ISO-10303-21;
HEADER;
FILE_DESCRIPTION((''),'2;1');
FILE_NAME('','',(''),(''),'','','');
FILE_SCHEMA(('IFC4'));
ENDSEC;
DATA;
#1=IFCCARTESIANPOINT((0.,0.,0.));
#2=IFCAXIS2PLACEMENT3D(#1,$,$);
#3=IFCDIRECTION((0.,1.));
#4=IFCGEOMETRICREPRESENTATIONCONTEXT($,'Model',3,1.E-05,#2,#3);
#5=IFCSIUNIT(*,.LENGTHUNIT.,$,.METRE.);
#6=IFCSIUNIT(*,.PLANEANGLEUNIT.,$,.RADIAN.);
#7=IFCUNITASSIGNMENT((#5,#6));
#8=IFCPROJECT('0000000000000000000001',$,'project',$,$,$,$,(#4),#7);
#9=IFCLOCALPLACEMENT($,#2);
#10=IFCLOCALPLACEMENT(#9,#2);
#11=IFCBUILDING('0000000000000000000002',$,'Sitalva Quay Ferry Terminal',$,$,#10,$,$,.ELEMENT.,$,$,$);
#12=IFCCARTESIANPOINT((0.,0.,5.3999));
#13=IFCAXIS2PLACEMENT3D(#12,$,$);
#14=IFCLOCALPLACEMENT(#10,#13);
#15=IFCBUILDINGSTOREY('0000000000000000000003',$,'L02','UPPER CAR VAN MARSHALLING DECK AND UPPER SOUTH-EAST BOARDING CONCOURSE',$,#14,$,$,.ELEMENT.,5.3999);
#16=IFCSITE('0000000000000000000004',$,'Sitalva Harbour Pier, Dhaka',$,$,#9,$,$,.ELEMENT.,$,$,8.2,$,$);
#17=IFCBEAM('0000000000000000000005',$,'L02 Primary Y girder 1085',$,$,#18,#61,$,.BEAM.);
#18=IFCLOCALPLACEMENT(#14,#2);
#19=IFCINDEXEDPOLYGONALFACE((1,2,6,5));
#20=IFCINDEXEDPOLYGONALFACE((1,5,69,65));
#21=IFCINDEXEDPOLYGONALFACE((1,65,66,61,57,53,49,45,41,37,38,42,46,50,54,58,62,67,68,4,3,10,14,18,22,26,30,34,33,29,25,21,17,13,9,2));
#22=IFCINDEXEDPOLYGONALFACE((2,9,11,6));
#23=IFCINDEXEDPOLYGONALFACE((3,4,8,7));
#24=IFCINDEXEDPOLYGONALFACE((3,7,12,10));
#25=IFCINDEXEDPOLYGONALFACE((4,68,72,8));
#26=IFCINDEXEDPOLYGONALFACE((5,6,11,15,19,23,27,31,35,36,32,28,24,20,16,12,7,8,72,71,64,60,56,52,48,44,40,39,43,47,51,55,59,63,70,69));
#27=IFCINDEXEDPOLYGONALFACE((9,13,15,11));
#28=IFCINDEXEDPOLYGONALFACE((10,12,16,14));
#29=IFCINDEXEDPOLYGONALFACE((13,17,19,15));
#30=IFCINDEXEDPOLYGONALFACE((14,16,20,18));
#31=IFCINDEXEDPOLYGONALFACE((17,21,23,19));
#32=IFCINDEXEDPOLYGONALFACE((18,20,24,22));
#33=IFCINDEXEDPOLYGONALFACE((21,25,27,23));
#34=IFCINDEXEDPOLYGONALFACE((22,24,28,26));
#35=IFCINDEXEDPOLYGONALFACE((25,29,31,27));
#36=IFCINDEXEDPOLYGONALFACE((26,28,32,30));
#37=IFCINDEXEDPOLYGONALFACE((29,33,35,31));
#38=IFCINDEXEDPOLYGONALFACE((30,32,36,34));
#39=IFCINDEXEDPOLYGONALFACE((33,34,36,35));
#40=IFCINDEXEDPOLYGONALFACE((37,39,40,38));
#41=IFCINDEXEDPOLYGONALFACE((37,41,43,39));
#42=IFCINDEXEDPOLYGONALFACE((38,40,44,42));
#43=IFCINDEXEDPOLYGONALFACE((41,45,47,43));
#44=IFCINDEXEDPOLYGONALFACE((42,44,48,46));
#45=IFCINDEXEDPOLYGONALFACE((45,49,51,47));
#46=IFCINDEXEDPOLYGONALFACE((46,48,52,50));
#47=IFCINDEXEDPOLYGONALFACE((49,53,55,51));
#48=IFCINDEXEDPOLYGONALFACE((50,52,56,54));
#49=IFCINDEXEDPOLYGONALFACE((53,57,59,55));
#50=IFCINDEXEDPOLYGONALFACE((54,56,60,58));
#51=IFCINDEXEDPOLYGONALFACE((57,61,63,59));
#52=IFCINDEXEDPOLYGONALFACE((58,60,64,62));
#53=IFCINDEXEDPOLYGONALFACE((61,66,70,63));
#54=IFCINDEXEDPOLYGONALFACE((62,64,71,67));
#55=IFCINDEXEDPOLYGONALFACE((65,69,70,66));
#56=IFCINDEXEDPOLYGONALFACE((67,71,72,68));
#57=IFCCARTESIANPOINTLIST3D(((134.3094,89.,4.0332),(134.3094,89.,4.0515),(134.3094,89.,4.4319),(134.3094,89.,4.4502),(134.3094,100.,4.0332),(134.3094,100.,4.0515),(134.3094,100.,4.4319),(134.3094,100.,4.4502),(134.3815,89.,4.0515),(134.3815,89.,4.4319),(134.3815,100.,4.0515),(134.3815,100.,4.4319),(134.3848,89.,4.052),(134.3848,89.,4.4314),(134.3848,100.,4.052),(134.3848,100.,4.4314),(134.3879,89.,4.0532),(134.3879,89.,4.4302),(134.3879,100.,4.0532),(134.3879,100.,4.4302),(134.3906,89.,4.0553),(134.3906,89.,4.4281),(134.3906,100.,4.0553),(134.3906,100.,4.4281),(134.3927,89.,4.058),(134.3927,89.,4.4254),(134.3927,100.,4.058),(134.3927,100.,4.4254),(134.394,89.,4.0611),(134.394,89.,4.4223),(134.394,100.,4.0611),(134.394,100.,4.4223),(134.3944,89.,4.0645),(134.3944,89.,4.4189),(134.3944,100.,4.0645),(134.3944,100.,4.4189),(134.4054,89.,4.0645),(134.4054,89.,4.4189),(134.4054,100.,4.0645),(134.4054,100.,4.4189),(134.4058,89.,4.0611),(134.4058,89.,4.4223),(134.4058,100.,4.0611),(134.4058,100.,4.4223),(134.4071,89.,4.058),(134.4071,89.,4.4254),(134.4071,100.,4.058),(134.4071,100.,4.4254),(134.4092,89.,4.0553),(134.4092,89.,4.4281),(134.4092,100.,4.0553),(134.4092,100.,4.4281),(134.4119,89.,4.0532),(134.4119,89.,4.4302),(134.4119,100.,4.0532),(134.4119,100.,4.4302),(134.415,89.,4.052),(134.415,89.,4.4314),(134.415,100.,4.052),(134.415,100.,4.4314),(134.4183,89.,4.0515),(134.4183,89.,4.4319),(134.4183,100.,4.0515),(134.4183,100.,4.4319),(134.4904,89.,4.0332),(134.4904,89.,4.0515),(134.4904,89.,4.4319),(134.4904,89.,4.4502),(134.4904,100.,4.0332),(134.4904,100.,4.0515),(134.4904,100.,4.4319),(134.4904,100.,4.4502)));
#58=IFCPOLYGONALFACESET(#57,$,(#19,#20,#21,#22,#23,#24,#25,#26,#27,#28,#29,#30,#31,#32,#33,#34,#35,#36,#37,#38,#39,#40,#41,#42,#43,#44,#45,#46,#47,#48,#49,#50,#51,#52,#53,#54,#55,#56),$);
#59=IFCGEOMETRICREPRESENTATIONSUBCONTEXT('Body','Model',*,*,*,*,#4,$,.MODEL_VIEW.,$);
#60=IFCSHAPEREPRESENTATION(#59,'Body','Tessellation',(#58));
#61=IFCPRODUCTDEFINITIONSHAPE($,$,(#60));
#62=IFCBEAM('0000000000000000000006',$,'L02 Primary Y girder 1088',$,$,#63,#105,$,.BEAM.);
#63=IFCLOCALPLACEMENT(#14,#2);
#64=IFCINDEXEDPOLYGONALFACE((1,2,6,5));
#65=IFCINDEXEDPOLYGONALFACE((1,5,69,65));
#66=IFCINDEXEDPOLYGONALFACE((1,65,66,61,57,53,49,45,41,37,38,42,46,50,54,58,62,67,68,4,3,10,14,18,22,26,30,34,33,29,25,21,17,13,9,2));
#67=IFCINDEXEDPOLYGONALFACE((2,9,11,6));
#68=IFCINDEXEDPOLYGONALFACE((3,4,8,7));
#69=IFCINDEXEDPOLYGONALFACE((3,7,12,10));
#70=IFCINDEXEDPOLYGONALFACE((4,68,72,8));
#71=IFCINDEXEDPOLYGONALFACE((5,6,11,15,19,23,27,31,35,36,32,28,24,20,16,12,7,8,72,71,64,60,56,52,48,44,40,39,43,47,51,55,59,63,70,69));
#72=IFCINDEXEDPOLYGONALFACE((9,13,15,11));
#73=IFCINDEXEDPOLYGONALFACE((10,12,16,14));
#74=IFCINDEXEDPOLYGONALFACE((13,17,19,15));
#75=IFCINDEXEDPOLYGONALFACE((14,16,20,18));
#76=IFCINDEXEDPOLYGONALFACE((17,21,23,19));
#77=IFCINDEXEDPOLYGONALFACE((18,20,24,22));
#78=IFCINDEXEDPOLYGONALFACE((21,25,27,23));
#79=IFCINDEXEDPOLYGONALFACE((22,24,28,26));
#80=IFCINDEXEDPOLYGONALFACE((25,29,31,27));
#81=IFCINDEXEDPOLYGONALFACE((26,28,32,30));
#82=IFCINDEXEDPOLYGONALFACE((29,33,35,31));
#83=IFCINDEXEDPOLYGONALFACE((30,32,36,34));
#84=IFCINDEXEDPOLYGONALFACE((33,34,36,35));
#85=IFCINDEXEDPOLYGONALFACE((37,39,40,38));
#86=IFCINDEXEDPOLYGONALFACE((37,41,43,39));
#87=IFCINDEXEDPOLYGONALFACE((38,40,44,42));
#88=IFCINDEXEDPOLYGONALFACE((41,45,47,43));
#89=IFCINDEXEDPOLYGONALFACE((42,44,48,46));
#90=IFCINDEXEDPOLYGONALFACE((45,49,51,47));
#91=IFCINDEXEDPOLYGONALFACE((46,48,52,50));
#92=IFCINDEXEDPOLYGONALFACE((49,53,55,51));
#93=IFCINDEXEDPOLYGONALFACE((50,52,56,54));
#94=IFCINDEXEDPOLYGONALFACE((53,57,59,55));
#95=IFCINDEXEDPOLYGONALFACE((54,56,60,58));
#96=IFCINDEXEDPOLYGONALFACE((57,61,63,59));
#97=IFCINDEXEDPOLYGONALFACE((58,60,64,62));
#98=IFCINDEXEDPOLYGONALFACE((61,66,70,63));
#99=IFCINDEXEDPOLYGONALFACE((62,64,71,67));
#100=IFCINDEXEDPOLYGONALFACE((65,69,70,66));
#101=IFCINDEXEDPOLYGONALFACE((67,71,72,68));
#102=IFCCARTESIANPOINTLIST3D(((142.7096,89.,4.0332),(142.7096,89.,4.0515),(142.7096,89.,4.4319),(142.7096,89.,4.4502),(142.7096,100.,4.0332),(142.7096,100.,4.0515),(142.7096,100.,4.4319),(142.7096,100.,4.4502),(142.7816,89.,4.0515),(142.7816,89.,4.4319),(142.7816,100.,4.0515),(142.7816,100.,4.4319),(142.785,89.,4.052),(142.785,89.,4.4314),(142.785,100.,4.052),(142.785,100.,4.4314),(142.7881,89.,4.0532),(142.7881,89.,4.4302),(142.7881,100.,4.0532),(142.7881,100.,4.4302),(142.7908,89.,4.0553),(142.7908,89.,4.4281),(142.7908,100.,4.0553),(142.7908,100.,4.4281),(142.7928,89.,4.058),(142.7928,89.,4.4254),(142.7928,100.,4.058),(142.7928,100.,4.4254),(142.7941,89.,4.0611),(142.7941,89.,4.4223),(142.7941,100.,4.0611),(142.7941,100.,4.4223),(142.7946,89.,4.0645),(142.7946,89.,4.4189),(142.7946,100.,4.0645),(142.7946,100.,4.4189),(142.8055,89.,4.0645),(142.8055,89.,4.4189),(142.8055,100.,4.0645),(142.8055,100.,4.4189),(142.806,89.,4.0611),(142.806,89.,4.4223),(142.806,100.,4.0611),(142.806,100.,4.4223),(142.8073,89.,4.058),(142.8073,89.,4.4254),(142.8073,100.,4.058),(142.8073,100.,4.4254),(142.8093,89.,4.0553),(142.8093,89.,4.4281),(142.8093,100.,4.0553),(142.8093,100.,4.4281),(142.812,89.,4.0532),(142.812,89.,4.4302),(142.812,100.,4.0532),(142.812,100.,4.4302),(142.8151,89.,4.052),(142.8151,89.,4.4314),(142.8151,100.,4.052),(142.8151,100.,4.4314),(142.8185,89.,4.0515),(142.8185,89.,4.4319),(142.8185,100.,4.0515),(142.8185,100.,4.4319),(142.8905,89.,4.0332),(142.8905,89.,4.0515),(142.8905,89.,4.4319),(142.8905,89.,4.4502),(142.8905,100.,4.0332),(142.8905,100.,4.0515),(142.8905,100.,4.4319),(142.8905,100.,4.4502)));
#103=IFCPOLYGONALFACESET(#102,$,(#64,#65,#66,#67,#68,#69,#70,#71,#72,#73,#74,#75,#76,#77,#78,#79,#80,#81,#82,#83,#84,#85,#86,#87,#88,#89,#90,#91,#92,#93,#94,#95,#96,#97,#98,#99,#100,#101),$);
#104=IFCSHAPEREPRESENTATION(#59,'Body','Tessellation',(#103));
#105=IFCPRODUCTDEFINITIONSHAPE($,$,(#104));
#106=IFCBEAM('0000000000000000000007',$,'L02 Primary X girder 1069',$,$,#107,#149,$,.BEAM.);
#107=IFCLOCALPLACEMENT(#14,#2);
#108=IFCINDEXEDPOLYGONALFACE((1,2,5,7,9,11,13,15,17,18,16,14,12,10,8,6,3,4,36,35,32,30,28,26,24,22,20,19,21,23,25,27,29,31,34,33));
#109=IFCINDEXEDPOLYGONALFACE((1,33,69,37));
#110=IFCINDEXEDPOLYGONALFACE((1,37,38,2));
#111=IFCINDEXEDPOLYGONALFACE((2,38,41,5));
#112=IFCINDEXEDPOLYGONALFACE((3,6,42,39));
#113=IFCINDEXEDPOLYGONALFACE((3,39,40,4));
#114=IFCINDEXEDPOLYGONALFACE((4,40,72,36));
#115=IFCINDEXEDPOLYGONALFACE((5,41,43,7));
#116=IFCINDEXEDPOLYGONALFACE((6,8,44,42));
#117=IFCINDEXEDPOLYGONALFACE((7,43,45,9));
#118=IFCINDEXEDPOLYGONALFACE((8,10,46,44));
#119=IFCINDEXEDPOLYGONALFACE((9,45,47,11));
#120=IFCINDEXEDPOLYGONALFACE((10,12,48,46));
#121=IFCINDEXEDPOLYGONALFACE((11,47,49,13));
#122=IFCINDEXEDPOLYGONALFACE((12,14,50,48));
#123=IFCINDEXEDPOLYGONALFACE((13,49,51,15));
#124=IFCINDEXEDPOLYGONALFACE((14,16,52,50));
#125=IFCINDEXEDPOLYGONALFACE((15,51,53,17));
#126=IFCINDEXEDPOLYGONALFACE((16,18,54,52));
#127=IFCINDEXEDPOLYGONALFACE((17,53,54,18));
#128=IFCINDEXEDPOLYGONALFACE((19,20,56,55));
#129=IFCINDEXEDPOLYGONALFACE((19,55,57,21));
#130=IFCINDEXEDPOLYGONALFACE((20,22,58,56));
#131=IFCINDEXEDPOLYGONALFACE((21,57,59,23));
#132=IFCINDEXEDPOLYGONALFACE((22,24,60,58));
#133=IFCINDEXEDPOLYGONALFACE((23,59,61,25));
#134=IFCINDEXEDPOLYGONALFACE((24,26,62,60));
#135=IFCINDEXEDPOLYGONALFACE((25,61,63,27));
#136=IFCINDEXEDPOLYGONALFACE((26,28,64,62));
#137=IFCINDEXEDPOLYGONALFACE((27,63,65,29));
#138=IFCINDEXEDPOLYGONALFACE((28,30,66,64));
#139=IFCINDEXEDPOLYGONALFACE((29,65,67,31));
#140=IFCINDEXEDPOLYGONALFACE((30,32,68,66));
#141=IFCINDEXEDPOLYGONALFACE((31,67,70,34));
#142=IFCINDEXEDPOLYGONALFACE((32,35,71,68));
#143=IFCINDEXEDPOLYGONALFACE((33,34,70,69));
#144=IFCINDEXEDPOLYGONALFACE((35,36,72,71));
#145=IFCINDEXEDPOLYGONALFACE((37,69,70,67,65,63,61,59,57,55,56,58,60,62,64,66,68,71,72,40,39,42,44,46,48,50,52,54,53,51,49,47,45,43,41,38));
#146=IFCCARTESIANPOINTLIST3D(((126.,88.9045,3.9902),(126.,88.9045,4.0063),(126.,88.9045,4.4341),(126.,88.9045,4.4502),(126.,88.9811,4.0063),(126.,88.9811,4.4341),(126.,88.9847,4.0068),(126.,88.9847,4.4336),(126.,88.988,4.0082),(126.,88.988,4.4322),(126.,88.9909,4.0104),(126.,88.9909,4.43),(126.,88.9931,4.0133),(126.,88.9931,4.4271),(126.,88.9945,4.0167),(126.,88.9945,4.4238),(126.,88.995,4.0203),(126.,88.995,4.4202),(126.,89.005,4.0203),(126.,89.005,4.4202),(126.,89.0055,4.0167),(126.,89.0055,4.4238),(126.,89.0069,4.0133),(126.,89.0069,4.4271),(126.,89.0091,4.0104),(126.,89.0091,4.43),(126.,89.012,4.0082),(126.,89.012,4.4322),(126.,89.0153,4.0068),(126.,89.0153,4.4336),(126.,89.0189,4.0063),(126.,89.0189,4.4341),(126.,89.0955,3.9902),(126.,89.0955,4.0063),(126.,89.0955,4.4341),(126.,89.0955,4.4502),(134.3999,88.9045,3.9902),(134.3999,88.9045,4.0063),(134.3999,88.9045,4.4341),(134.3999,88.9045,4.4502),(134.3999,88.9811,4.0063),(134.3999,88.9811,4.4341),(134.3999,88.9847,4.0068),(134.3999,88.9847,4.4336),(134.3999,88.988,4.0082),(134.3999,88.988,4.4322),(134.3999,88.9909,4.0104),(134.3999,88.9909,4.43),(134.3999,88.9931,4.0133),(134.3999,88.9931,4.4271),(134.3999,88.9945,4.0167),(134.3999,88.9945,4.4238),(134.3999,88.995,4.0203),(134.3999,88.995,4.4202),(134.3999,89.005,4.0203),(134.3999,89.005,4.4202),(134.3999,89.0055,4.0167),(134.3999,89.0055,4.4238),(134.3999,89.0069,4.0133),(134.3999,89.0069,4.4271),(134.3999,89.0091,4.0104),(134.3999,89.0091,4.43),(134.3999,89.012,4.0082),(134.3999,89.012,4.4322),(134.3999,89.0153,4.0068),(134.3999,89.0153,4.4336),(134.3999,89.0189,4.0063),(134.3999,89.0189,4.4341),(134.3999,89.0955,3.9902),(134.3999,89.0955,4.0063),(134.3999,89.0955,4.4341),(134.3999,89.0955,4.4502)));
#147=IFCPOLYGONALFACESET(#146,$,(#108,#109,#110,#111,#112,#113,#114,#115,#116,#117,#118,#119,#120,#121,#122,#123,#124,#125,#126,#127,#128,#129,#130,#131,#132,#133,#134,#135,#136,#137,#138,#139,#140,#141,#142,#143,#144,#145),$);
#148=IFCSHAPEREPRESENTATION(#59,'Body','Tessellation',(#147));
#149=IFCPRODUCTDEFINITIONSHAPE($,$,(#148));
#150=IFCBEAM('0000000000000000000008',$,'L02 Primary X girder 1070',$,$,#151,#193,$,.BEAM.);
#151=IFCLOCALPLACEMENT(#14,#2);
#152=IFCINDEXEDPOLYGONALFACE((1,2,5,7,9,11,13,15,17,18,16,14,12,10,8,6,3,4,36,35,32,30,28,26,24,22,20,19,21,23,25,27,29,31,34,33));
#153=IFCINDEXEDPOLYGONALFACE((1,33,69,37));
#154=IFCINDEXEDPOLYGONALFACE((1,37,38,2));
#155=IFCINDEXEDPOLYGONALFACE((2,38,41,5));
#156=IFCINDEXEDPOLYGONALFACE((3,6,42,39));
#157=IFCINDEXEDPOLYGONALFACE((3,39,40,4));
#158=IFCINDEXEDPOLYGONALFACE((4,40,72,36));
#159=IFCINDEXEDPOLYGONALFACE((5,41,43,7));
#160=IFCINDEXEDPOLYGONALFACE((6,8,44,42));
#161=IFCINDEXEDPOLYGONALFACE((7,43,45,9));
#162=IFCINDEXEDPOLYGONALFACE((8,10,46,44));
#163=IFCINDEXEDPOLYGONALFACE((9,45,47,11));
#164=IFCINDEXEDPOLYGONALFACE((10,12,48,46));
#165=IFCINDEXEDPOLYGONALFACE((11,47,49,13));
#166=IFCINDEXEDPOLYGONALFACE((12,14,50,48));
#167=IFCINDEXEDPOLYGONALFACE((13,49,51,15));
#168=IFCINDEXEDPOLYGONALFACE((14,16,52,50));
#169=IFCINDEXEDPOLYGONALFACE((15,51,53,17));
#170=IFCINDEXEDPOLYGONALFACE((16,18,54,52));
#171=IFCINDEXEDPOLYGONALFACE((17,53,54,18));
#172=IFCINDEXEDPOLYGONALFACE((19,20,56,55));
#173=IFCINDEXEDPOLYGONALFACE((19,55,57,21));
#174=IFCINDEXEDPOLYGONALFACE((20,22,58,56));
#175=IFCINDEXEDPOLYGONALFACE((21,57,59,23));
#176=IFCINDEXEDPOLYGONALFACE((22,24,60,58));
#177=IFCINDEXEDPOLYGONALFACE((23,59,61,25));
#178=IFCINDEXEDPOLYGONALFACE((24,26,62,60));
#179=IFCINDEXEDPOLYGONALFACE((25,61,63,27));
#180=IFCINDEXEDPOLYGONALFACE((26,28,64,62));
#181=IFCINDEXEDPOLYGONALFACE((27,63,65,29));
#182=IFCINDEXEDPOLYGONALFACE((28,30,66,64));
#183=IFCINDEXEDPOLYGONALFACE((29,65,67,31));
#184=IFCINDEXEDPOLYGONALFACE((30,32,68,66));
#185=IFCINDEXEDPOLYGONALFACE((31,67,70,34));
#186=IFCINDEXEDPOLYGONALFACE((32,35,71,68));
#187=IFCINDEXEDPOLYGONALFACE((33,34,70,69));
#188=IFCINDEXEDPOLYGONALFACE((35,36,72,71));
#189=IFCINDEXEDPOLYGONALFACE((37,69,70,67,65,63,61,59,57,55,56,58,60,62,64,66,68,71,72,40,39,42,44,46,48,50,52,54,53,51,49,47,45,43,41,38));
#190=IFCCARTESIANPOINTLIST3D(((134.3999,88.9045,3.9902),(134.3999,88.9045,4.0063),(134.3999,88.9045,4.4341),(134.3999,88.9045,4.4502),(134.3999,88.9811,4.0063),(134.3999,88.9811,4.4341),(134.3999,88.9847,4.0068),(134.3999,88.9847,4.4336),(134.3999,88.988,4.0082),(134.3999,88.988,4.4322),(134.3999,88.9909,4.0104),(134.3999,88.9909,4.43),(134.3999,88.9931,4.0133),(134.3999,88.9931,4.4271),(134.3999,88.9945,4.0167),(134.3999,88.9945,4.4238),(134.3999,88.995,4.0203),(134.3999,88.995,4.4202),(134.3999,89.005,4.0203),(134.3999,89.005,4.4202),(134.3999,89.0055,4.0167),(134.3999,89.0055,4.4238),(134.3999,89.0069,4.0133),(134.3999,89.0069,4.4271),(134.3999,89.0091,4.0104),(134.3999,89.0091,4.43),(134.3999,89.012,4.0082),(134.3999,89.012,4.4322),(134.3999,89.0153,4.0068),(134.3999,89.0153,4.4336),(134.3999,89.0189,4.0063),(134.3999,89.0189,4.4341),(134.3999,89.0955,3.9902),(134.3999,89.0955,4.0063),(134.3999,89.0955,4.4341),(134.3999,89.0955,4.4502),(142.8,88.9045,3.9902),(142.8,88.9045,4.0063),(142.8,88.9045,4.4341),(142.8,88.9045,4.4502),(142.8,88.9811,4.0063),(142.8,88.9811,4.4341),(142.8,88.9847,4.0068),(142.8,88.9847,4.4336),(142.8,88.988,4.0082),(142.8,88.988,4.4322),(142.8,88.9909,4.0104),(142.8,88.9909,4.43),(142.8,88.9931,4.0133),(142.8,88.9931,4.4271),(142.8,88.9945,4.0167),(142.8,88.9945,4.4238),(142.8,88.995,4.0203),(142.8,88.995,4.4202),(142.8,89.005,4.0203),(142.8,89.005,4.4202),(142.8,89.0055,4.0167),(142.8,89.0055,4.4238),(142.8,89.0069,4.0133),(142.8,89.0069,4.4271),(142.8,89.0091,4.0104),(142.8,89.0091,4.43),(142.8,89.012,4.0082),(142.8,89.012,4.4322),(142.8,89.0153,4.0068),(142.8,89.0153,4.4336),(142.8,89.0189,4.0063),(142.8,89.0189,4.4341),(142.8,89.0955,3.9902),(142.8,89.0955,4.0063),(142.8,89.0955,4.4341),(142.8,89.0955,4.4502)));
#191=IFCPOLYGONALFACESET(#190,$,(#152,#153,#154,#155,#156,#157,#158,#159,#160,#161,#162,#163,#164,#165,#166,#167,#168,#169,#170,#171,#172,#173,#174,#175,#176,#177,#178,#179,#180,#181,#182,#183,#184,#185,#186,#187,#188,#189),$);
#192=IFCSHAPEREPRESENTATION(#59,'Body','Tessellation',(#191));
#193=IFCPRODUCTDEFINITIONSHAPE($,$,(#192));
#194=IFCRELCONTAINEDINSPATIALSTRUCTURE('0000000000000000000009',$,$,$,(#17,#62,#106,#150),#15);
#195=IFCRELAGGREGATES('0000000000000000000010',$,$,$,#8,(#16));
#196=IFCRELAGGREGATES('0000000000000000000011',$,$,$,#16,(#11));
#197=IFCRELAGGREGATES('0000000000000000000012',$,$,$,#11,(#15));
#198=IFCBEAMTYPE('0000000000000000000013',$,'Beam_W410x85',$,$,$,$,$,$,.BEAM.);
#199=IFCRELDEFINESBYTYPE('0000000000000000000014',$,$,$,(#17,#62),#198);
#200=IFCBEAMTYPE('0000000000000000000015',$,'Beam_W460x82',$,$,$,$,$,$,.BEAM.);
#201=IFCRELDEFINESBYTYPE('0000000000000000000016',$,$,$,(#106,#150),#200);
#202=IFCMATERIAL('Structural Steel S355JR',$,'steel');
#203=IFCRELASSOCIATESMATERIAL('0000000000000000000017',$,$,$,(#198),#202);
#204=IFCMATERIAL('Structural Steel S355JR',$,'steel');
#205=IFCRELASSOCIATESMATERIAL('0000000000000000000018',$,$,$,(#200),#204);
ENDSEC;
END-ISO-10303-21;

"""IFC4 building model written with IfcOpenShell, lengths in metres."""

from ifc_helpers import new_model, si_unit, direction, frame, origin, origin_2d, place, context, subcontext, project, spatial, i_section, extrude, material, material_profile, profile_set, type_object, element, save


model = new_model("IFC4")

# Units and contexts
model_context = context("Model", 3, precision=1e-05, world=origin(), true_north=direction((0.0, 1.0)))
body_context = subcontext(model_context, "Body", "Model", "MODEL_VIEW")
ifc_project = project(units=[si_unit("LENGTHUNIT", "METRE"), si_unit("PLANEANGLEUNIT", "RADIAN")], contexts=[model_context])

# Site, building, storey
site_placement = place(None, origin())
site = spatial("IfcSite", under=ifc_project, at=site_placement, Name="Sitalva Harbour Pier, Dhaka", CompositionType="ELEMENT", RefElevation=8.2)
building_placement = place(site_placement, origin())
building = spatial("IfcBuilding", under=site, at=building_placement, Name="Sitalva Quay Ferry Terminal", CompositionType="ELEMENT")
storey_placement = place(building_placement, frame((0.0, 0.0, 5.3999)))
storey = spatial("IfcBuildingStorey", under=building, at=storey_placement, Name="L02", Description="UPPER CAR VAN MARSHALLING DECK AND UPPER SOUTH-EAST BOARDING CONCOURSE", CompositionType="ELEMENT", Elevation=5.3999)

# Beams
ifc_material_1 = material(Name="Structural Steel S355JR", Category="steel")
ifc_material_profile_1 = material_profile(ifc_material_1, i_section(OverallWidth=0.1809, OverallDepth=0.417, WebThickness=0.011, FlangeThickness=0.0183, FilletRadius=0.0129, at=origin_2d()), Name="W410x85")
ifc_profile_set_1 = profile_set([ifc_material_profile_1], Name="Structural Steel S355JR")
beam_type_1 = type_object("IfcBeamType", Name="Beam_W410x85", PredefinedType="BEAM", material=ifc_profile_set_1)
for number, where, z_axis, x_axis, name in (
    (1, (134.3999, 89.0, 4.2417), (0.0, 1.0, 0.0), (-1.0, 0.0, 0.0), "L02 Primary Y girder 1085"),
    (2, (142.8, 89.0, 4.2417), (0.0, 1.0, 0.0), (-1.0, 0.0, 0.0), "L02 Primary Y girder 1088"),
):
    element("IfcBeam", number, at=place(storey_placement, frame(where, z_axis=z_axis, x_axis=x_axis)), inside=storey, type_object=beam_type_1, Name=name, PredefinedType="BEAM", context=body_context, shape_type="SweptSolid", body=[
        extrude(i_section(OverallWidth=0.1809, OverallDepth=0.417, WebThickness=0.011, FlangeThickness=0.0183, FilletRadius=0.0129, at=origin_2d()), origin(), (0.0, 0.0, 1.0), 11.0),
    ])
ifc_material_2 = material(Name="Structural Steel S355JR", Category="steel")
ifc_material_profile_2 = material_profile(ifc_material_2, i_section(OverallWidth=0.1909, OverallDepth=0.46, WebThickness=0.01, FlangeThickness=0.0161, FilletRadius=0.0139, at=origin_2d()), Name="W460x82")
ifc_profile_set_2 = profile_set([ifc_material_profile_2], Name="Structural Steel S355JR")
beam_type_2 = type_object("IfcBeamType", Name="Beam_W460x82", PredefinedType="BEAM", material=ifc_profile_set_2)
beam_1_placement = place(storey_placement, frame((126.0, 89.0, 4.2202), z_axis=(1.0, 0.0, 0.0), x_axis=(0.0, 1.0, 0.0)))
element("IfcBeam", 3, at=beam_1_placement, inside=storey, type_object=beam_type_2, Name="L02 Primary X girder 1069", PredefinedType="BEAM", context=body_context, shape_type="SweptSolid", body=[
    extrude(i_section(OverallWidth=0.1909, OverallDepth=0.46, WebThickness=0.01, FlangeThickness=0.0161, FilletRadius=0.0139, at=origin_2d()), origin(), (0.0, 0.0, 1.0), 8.3999),
])
beam_2_placement = place(storey_placement, frame((134.3999, 89.0, 4.2202), z_axis=(1.0, 0.0, 0.0), x_axis=(0.0, 1.0, 0.0)))
element("IfcBeam", 4, at=beam_2_placement, inside=storey, type_object=beam_type_2, Name="L02 Primary X girder 1070", PredefinedType="BEAM", context=body_context, shape_type="SweptSolid", body=[
    extrude(i_section(OverallWidth=0.1909, OverallDepth=0.46, WebThickness=0.01, FlangeThickness=0.0161, FilletRadius=0.0139, at=origin_2d()), origin(), (0.0, 0.0, 1.0), 8.4001),
])

save(model, "model.ifc")
